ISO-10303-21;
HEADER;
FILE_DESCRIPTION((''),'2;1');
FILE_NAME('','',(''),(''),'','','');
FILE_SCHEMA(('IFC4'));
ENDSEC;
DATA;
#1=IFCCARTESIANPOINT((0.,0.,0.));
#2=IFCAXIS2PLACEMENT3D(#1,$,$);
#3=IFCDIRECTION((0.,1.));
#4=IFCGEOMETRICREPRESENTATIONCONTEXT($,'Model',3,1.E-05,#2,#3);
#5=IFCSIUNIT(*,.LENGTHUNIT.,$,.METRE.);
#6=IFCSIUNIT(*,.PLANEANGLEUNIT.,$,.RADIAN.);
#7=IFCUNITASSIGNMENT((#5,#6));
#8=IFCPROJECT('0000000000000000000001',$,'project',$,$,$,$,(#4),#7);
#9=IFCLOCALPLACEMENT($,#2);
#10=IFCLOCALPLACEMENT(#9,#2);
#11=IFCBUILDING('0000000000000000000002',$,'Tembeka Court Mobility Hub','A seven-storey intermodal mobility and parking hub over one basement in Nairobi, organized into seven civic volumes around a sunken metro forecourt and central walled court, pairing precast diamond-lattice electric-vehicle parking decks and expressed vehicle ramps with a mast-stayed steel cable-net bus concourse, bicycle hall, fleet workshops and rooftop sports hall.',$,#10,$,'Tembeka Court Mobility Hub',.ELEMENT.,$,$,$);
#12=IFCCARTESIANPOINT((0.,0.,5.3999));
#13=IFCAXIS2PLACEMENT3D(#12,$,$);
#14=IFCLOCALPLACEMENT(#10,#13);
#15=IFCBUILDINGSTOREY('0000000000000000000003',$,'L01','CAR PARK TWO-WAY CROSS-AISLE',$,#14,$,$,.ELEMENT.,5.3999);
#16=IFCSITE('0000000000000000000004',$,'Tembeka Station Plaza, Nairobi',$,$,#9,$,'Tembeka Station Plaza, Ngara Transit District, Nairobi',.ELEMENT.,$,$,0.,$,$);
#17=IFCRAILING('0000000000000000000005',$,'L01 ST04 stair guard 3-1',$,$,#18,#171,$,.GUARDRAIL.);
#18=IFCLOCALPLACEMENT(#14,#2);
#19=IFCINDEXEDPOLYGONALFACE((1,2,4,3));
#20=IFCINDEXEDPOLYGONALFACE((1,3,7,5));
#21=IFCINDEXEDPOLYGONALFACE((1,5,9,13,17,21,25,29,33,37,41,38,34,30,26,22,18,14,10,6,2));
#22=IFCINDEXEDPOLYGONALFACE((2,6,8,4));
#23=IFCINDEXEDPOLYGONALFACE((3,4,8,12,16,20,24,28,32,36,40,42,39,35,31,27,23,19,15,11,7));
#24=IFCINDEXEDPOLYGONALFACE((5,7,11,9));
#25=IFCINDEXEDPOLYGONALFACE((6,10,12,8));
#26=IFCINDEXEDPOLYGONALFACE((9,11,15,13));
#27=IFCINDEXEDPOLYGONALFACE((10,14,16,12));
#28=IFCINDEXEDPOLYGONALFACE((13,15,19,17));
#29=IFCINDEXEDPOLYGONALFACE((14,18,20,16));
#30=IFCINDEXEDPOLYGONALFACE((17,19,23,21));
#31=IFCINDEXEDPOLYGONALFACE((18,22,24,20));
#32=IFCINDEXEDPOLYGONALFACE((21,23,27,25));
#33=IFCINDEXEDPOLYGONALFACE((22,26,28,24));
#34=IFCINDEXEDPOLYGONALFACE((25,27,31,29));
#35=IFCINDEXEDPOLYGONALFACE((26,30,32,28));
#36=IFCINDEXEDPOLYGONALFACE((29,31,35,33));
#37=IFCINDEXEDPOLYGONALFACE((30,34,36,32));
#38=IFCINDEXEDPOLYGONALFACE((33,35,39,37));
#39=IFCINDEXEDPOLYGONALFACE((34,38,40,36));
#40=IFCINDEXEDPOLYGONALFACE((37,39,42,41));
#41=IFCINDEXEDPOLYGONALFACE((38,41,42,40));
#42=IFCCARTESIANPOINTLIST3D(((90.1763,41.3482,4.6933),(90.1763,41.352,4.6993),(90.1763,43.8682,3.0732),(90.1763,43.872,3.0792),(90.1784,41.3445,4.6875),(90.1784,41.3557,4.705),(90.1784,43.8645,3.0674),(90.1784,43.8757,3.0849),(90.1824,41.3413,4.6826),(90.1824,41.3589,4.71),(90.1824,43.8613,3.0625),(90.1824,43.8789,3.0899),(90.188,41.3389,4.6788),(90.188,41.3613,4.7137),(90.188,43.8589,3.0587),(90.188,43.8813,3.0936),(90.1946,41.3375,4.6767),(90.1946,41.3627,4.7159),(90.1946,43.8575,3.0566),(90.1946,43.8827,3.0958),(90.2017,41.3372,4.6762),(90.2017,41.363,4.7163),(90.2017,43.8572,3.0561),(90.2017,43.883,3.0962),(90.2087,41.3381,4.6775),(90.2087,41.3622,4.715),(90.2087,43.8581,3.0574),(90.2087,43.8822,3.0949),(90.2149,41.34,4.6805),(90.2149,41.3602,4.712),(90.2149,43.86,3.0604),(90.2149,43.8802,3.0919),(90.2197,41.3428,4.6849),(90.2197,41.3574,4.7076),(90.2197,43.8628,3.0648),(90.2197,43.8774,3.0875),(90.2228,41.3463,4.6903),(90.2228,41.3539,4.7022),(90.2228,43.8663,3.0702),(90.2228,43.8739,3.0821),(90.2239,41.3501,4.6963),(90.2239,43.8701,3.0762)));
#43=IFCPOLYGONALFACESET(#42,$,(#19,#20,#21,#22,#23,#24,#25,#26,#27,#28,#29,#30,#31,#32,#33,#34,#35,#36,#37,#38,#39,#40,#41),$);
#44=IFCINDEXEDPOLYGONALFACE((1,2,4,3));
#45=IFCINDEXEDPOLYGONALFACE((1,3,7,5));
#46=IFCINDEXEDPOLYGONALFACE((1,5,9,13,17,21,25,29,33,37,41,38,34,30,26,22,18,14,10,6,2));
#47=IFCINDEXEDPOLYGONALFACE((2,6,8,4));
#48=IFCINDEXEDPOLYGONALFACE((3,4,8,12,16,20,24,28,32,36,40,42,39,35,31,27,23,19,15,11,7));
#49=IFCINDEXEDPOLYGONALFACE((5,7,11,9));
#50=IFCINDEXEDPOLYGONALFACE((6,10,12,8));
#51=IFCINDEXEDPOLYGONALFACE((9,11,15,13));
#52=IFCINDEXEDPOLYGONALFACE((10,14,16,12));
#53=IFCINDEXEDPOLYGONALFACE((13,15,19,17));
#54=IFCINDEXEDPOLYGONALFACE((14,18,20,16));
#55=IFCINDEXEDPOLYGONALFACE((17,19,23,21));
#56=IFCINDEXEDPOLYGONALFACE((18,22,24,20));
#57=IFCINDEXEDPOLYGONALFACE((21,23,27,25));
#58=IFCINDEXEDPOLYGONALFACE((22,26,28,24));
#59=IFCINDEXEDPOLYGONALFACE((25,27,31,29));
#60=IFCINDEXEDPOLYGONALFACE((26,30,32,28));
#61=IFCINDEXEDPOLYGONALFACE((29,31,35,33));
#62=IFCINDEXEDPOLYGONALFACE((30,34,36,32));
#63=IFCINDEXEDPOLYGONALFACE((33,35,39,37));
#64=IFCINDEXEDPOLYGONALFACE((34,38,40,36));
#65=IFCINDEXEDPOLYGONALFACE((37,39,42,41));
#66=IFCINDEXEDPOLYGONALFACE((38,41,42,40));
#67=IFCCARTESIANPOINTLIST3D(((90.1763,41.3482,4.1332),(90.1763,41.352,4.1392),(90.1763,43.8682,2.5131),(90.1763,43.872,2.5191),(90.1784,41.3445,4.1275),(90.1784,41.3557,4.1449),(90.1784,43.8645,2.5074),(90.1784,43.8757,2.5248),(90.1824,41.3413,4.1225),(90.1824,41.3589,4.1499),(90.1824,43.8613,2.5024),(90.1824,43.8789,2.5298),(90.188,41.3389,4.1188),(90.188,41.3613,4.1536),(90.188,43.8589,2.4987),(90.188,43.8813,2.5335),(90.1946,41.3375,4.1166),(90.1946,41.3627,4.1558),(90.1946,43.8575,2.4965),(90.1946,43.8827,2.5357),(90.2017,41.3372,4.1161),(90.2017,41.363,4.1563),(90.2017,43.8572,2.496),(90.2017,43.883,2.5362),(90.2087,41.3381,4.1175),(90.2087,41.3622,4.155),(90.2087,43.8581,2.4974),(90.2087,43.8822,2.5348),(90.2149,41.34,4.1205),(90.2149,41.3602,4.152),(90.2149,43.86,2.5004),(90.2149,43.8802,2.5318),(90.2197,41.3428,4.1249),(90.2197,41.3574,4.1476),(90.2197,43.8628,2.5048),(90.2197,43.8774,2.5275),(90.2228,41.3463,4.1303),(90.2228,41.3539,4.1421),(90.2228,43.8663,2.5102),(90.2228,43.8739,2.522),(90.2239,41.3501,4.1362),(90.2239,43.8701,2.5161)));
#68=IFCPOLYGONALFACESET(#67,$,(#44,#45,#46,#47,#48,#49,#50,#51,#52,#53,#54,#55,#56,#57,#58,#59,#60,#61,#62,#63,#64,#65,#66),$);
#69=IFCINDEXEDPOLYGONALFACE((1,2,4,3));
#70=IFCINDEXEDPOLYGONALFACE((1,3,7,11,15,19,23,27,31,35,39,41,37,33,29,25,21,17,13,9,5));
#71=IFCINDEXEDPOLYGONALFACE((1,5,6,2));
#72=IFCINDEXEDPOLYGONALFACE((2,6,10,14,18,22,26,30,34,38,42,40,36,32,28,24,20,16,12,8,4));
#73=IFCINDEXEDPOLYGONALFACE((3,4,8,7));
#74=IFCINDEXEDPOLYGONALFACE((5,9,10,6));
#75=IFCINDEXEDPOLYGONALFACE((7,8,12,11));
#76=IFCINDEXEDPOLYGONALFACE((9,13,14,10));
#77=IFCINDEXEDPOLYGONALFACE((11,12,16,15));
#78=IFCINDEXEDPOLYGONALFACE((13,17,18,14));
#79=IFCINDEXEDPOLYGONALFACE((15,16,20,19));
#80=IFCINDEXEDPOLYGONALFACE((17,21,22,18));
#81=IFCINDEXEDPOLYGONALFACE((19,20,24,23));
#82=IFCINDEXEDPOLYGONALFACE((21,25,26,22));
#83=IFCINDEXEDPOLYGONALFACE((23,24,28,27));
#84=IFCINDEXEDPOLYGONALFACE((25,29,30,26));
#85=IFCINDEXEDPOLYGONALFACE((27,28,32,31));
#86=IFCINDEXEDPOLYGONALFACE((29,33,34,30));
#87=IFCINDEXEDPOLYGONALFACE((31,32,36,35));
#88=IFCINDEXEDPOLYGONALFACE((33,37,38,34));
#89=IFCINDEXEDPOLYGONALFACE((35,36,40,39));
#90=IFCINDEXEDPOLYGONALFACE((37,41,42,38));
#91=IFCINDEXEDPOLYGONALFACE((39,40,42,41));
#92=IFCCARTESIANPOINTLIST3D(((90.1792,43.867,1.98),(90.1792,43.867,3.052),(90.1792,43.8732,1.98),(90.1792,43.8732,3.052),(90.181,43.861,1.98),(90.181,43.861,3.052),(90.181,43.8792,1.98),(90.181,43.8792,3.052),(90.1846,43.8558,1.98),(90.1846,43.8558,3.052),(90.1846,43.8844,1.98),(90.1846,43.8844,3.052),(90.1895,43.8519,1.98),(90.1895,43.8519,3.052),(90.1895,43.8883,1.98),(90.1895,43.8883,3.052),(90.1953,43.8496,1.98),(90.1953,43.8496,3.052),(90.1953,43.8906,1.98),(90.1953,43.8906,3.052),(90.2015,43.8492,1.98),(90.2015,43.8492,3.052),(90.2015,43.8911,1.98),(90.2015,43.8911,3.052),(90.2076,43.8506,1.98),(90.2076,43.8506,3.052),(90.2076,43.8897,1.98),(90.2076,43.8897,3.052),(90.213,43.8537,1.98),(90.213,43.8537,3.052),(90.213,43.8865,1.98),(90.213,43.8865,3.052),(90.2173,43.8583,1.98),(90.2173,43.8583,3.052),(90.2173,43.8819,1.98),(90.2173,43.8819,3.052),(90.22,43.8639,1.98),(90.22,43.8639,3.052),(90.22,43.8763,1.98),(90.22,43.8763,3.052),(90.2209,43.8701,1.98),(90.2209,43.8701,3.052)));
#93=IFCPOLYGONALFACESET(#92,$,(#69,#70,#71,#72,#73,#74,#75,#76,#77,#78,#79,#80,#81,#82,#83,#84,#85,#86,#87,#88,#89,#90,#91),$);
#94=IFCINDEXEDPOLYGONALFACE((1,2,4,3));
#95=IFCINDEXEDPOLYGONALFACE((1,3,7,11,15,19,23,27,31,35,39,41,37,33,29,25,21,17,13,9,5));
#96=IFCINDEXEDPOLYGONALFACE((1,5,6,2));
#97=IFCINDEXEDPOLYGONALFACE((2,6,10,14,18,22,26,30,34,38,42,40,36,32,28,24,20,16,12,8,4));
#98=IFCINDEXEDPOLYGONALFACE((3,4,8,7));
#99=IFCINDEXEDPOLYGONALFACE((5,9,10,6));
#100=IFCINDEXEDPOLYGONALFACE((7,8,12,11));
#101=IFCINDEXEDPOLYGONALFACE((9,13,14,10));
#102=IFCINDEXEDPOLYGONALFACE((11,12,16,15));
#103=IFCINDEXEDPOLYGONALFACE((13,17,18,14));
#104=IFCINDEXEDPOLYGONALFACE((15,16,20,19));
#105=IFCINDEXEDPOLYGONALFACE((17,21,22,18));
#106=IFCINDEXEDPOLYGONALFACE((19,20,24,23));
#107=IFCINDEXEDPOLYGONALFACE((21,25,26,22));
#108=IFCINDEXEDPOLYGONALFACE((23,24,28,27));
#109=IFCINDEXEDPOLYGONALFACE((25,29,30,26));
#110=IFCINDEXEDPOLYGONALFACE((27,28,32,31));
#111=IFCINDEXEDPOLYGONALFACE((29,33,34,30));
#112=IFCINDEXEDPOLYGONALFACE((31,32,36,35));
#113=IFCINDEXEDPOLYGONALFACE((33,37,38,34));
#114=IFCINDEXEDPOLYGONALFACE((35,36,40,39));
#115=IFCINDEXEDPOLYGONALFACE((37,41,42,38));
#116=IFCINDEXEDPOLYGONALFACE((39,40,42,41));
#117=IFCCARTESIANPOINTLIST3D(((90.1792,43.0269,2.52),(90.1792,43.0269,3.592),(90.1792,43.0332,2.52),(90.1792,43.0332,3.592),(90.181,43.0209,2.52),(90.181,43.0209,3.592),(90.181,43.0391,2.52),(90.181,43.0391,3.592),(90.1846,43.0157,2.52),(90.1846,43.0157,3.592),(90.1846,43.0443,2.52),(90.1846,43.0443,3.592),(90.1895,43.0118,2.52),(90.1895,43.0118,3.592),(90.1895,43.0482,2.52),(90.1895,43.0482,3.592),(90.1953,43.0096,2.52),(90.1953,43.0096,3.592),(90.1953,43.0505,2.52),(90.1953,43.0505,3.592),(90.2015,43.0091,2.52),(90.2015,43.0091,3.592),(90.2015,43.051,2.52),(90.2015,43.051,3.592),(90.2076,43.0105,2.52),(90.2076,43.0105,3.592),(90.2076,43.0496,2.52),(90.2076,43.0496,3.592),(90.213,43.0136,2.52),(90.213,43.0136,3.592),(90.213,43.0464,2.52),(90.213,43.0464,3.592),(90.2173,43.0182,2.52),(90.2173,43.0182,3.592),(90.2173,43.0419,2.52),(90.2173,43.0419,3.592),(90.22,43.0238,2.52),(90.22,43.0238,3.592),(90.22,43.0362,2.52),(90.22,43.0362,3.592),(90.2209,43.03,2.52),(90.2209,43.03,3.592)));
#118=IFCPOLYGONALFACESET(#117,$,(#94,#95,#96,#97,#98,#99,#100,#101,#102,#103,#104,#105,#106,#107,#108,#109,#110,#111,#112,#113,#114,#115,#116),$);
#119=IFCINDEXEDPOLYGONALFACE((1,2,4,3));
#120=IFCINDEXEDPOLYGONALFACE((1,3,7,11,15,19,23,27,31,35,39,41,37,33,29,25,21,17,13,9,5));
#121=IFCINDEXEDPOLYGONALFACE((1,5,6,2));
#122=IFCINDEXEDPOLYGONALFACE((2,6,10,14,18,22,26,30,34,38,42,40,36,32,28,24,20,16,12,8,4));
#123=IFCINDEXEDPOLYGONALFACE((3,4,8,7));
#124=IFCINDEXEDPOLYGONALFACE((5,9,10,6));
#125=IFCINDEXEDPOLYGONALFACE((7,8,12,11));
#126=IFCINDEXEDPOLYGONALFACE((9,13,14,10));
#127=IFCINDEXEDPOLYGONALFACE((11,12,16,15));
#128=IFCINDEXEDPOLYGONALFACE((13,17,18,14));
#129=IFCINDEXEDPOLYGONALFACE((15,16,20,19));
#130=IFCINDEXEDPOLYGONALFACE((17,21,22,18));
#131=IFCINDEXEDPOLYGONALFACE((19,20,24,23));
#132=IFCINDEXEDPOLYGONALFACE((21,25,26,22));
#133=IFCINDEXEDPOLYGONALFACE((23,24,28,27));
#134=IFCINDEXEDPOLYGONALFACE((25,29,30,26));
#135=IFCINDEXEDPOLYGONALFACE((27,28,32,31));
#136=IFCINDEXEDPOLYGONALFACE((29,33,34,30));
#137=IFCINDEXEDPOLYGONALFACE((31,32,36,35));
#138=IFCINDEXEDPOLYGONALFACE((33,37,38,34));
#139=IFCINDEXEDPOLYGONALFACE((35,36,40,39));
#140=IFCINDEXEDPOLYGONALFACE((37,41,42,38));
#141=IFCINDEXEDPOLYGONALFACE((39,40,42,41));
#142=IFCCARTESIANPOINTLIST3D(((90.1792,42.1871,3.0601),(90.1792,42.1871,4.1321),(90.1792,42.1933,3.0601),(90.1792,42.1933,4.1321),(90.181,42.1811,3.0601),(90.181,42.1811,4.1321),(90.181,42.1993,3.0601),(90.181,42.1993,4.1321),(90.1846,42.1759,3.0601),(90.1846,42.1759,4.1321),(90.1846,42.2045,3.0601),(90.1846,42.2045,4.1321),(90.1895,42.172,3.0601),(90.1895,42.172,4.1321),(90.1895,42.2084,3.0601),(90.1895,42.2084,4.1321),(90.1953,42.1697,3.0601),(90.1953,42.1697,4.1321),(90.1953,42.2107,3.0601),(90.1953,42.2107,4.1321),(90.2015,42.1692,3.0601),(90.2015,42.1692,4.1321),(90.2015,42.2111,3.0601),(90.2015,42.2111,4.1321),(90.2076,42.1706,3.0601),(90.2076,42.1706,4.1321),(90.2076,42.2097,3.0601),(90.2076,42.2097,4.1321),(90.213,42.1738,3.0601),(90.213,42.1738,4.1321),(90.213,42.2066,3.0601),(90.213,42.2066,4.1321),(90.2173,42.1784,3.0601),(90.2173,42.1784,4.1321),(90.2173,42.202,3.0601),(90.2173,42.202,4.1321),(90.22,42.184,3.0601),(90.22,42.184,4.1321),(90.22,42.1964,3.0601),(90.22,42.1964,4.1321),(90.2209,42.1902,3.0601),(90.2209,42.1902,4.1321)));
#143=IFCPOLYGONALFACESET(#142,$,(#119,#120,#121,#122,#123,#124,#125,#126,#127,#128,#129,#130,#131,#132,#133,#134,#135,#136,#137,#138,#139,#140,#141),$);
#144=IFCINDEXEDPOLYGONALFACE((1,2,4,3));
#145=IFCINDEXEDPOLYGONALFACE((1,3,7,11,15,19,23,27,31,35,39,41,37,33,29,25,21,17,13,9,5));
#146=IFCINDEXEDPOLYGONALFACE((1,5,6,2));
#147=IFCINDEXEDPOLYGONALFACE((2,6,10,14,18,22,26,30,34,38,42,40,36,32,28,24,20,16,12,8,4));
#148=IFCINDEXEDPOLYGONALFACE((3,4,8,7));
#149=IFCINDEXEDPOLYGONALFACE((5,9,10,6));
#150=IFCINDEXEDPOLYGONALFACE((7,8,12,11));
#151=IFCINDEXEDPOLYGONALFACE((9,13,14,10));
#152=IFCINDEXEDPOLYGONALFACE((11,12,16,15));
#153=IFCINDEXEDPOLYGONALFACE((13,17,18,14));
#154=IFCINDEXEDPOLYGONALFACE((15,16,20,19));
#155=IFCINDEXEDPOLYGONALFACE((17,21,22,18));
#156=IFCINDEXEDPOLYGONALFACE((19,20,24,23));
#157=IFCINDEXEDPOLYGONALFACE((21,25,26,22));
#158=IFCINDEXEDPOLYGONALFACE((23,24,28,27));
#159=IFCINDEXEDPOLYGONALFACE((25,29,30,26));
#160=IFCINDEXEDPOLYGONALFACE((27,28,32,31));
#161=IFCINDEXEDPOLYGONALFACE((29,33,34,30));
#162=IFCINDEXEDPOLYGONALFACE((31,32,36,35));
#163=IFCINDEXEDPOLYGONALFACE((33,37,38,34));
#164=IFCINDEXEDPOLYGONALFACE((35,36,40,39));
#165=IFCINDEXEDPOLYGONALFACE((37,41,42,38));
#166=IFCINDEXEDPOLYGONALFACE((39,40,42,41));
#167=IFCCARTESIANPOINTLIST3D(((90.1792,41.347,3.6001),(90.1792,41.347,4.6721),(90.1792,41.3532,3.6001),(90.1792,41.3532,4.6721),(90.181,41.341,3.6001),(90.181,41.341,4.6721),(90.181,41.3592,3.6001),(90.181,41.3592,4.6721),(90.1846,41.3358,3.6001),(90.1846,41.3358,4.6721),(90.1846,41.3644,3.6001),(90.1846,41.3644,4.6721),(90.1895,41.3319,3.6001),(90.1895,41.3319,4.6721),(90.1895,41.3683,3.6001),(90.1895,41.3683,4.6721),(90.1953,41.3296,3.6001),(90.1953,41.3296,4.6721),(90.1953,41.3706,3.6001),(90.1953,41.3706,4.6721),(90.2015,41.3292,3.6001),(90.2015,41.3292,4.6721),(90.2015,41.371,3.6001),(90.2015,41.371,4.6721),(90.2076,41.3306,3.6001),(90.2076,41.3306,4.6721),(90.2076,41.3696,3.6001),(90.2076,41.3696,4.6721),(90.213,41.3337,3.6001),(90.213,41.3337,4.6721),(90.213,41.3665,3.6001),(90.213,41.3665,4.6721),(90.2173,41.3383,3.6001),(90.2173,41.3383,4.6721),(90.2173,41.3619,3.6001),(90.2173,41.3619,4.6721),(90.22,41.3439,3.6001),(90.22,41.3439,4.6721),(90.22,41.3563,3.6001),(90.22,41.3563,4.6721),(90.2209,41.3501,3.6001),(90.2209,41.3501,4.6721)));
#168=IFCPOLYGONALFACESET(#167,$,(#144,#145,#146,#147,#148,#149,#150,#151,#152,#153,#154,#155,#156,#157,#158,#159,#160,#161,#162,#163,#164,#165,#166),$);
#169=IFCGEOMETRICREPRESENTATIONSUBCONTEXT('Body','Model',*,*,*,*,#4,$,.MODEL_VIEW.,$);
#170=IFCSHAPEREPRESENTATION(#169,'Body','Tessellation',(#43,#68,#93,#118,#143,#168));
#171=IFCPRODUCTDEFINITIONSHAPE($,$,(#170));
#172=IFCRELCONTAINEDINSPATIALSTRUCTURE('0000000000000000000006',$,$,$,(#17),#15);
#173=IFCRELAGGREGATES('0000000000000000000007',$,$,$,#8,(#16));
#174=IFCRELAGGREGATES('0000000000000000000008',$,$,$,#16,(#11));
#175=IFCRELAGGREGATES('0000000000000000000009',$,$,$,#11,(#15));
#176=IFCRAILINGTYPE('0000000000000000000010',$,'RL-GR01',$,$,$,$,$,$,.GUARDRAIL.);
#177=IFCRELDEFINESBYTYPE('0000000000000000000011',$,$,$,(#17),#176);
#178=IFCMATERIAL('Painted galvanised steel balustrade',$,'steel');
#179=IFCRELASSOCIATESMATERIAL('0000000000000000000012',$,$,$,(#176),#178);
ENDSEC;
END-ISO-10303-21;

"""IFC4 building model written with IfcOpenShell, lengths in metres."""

from ifc_helpers import new_model, si_unit, direction, frame, origin, origin_2d, place, context, subcontext, project, spatial, circle, extrude, material, type_object, element, save


model = new_model("IFC4")

# Units and contexts
model_context = context("Model", 3, precision=1e-05, world=origin(), true_north=direction((0.0, 1.0)))
body_context = subcontext(model_context, "Body", "Model", "MODEL_VIEW")
ifc_project = project(units=[si_unit("LENGTHUNIT", "METRE"), si_unit("PLANEANGLEUNIT", "RADIAN")], contexts=[model_context])

# Site, building, storey
site_placement = place(None, origin())
site = spatial("IfcSite", under=ifc_project, at=site_placement, Name="Tembeka Station Plaza, Nairobi", LongName="Tembeka Station Plaza, Ngara Transit District, Nairobi", CompositionType="ELEMENT", RefElevation=0.0)
building_placement = place(site_placement, origin())
building = spatial("IfcBuilding", under=site, at=building_placement, Name="Tembeka Court Mobility Hub", Description="A seven-storey intermodal mobility and parking hub over one basement in Nairobi, organized into seven civic volumes around a sunken metro forecourt and central walled court, pairing precast diamond-lattice electric-vehicle parking decks and expressed vehicle ramps with a mast-stayed steel cable-net bus concourse, bicycle hall, fleet workshops and rooftop sports hall.", LongName="Tembeka Court Mobility Hub", CompositionType="ELEMENT")
storey_placement = place(building_placement, frame((0.0, 0.0, 5.3999)))
storey = spatial("IfcBuildingStorey", under=building, at=storey_placement, Name="L01", Description="CAR PARK TWO-WAY CROSS-AISLE", CompositionType="ELEMENT", Elevation=5.3999)

# Railing
ifc_material_1 = material(Name="Painted galvanised steel balustrade", Category="steel")
railing_type_1 = type_object("IfcRailingType", Name="RL-GR01", PredefinedType="GUARDRAIL", material=ifc_material_1)
railing_1_placement = place(storey_placement, frame((90.2, 43.8701, 1.98)))
element("IfcRailing", 1, at=railing_1_placement, inside=storey, type_object=railing_type_1, Name="L01 ST04 stair guard 3-1", PredefinedType="GUARDRAIL", context=body_context, shape_type="SweptSolid", body=[
    extrude(circle(Radius=0.0239, at=origin_2d()), frame((0.0, 0.0, 1.0962), z_axis=(0.0, -0.841163, 0.540782), x_axis=(1.0, 0.0, 0.0)), (0.0, 0.0, 1.0), 2.9958),
    extrude(circle(Radius=0.0239, at=origin_2d()), frame((0.0, 0.0, 0.5361), z_axis=(0.0, -0.841163, 0.540782), x_axis=(1.0, 0.0, 0.0)), (0.0, 0.0, 1.0), 2.9958),
    extrude(circle(Radius=0.021, at=origin_2d()), origin(), (0.0, 0.0, 1.0), 1.072),
    extrude(circle(Radius=0.021, at=origin_2d()), frame((0.0, -0.8401, 0.54)), (0.0, 0.0, 1.0), 1.072),
    extrude(circle(Radius=0.021, at=origin_2d()), frame((0.0, -1.6799, 1.0801)), (0.0, 0.0, 1.0), 1.072),
    extrude(circle(Radius=0.021, at=origin_2d()), frame((0.0, -2.52, 1.6201)), (0.0, 0.0, 1.0), 1.072),
])

save(model, "model.ifc")
